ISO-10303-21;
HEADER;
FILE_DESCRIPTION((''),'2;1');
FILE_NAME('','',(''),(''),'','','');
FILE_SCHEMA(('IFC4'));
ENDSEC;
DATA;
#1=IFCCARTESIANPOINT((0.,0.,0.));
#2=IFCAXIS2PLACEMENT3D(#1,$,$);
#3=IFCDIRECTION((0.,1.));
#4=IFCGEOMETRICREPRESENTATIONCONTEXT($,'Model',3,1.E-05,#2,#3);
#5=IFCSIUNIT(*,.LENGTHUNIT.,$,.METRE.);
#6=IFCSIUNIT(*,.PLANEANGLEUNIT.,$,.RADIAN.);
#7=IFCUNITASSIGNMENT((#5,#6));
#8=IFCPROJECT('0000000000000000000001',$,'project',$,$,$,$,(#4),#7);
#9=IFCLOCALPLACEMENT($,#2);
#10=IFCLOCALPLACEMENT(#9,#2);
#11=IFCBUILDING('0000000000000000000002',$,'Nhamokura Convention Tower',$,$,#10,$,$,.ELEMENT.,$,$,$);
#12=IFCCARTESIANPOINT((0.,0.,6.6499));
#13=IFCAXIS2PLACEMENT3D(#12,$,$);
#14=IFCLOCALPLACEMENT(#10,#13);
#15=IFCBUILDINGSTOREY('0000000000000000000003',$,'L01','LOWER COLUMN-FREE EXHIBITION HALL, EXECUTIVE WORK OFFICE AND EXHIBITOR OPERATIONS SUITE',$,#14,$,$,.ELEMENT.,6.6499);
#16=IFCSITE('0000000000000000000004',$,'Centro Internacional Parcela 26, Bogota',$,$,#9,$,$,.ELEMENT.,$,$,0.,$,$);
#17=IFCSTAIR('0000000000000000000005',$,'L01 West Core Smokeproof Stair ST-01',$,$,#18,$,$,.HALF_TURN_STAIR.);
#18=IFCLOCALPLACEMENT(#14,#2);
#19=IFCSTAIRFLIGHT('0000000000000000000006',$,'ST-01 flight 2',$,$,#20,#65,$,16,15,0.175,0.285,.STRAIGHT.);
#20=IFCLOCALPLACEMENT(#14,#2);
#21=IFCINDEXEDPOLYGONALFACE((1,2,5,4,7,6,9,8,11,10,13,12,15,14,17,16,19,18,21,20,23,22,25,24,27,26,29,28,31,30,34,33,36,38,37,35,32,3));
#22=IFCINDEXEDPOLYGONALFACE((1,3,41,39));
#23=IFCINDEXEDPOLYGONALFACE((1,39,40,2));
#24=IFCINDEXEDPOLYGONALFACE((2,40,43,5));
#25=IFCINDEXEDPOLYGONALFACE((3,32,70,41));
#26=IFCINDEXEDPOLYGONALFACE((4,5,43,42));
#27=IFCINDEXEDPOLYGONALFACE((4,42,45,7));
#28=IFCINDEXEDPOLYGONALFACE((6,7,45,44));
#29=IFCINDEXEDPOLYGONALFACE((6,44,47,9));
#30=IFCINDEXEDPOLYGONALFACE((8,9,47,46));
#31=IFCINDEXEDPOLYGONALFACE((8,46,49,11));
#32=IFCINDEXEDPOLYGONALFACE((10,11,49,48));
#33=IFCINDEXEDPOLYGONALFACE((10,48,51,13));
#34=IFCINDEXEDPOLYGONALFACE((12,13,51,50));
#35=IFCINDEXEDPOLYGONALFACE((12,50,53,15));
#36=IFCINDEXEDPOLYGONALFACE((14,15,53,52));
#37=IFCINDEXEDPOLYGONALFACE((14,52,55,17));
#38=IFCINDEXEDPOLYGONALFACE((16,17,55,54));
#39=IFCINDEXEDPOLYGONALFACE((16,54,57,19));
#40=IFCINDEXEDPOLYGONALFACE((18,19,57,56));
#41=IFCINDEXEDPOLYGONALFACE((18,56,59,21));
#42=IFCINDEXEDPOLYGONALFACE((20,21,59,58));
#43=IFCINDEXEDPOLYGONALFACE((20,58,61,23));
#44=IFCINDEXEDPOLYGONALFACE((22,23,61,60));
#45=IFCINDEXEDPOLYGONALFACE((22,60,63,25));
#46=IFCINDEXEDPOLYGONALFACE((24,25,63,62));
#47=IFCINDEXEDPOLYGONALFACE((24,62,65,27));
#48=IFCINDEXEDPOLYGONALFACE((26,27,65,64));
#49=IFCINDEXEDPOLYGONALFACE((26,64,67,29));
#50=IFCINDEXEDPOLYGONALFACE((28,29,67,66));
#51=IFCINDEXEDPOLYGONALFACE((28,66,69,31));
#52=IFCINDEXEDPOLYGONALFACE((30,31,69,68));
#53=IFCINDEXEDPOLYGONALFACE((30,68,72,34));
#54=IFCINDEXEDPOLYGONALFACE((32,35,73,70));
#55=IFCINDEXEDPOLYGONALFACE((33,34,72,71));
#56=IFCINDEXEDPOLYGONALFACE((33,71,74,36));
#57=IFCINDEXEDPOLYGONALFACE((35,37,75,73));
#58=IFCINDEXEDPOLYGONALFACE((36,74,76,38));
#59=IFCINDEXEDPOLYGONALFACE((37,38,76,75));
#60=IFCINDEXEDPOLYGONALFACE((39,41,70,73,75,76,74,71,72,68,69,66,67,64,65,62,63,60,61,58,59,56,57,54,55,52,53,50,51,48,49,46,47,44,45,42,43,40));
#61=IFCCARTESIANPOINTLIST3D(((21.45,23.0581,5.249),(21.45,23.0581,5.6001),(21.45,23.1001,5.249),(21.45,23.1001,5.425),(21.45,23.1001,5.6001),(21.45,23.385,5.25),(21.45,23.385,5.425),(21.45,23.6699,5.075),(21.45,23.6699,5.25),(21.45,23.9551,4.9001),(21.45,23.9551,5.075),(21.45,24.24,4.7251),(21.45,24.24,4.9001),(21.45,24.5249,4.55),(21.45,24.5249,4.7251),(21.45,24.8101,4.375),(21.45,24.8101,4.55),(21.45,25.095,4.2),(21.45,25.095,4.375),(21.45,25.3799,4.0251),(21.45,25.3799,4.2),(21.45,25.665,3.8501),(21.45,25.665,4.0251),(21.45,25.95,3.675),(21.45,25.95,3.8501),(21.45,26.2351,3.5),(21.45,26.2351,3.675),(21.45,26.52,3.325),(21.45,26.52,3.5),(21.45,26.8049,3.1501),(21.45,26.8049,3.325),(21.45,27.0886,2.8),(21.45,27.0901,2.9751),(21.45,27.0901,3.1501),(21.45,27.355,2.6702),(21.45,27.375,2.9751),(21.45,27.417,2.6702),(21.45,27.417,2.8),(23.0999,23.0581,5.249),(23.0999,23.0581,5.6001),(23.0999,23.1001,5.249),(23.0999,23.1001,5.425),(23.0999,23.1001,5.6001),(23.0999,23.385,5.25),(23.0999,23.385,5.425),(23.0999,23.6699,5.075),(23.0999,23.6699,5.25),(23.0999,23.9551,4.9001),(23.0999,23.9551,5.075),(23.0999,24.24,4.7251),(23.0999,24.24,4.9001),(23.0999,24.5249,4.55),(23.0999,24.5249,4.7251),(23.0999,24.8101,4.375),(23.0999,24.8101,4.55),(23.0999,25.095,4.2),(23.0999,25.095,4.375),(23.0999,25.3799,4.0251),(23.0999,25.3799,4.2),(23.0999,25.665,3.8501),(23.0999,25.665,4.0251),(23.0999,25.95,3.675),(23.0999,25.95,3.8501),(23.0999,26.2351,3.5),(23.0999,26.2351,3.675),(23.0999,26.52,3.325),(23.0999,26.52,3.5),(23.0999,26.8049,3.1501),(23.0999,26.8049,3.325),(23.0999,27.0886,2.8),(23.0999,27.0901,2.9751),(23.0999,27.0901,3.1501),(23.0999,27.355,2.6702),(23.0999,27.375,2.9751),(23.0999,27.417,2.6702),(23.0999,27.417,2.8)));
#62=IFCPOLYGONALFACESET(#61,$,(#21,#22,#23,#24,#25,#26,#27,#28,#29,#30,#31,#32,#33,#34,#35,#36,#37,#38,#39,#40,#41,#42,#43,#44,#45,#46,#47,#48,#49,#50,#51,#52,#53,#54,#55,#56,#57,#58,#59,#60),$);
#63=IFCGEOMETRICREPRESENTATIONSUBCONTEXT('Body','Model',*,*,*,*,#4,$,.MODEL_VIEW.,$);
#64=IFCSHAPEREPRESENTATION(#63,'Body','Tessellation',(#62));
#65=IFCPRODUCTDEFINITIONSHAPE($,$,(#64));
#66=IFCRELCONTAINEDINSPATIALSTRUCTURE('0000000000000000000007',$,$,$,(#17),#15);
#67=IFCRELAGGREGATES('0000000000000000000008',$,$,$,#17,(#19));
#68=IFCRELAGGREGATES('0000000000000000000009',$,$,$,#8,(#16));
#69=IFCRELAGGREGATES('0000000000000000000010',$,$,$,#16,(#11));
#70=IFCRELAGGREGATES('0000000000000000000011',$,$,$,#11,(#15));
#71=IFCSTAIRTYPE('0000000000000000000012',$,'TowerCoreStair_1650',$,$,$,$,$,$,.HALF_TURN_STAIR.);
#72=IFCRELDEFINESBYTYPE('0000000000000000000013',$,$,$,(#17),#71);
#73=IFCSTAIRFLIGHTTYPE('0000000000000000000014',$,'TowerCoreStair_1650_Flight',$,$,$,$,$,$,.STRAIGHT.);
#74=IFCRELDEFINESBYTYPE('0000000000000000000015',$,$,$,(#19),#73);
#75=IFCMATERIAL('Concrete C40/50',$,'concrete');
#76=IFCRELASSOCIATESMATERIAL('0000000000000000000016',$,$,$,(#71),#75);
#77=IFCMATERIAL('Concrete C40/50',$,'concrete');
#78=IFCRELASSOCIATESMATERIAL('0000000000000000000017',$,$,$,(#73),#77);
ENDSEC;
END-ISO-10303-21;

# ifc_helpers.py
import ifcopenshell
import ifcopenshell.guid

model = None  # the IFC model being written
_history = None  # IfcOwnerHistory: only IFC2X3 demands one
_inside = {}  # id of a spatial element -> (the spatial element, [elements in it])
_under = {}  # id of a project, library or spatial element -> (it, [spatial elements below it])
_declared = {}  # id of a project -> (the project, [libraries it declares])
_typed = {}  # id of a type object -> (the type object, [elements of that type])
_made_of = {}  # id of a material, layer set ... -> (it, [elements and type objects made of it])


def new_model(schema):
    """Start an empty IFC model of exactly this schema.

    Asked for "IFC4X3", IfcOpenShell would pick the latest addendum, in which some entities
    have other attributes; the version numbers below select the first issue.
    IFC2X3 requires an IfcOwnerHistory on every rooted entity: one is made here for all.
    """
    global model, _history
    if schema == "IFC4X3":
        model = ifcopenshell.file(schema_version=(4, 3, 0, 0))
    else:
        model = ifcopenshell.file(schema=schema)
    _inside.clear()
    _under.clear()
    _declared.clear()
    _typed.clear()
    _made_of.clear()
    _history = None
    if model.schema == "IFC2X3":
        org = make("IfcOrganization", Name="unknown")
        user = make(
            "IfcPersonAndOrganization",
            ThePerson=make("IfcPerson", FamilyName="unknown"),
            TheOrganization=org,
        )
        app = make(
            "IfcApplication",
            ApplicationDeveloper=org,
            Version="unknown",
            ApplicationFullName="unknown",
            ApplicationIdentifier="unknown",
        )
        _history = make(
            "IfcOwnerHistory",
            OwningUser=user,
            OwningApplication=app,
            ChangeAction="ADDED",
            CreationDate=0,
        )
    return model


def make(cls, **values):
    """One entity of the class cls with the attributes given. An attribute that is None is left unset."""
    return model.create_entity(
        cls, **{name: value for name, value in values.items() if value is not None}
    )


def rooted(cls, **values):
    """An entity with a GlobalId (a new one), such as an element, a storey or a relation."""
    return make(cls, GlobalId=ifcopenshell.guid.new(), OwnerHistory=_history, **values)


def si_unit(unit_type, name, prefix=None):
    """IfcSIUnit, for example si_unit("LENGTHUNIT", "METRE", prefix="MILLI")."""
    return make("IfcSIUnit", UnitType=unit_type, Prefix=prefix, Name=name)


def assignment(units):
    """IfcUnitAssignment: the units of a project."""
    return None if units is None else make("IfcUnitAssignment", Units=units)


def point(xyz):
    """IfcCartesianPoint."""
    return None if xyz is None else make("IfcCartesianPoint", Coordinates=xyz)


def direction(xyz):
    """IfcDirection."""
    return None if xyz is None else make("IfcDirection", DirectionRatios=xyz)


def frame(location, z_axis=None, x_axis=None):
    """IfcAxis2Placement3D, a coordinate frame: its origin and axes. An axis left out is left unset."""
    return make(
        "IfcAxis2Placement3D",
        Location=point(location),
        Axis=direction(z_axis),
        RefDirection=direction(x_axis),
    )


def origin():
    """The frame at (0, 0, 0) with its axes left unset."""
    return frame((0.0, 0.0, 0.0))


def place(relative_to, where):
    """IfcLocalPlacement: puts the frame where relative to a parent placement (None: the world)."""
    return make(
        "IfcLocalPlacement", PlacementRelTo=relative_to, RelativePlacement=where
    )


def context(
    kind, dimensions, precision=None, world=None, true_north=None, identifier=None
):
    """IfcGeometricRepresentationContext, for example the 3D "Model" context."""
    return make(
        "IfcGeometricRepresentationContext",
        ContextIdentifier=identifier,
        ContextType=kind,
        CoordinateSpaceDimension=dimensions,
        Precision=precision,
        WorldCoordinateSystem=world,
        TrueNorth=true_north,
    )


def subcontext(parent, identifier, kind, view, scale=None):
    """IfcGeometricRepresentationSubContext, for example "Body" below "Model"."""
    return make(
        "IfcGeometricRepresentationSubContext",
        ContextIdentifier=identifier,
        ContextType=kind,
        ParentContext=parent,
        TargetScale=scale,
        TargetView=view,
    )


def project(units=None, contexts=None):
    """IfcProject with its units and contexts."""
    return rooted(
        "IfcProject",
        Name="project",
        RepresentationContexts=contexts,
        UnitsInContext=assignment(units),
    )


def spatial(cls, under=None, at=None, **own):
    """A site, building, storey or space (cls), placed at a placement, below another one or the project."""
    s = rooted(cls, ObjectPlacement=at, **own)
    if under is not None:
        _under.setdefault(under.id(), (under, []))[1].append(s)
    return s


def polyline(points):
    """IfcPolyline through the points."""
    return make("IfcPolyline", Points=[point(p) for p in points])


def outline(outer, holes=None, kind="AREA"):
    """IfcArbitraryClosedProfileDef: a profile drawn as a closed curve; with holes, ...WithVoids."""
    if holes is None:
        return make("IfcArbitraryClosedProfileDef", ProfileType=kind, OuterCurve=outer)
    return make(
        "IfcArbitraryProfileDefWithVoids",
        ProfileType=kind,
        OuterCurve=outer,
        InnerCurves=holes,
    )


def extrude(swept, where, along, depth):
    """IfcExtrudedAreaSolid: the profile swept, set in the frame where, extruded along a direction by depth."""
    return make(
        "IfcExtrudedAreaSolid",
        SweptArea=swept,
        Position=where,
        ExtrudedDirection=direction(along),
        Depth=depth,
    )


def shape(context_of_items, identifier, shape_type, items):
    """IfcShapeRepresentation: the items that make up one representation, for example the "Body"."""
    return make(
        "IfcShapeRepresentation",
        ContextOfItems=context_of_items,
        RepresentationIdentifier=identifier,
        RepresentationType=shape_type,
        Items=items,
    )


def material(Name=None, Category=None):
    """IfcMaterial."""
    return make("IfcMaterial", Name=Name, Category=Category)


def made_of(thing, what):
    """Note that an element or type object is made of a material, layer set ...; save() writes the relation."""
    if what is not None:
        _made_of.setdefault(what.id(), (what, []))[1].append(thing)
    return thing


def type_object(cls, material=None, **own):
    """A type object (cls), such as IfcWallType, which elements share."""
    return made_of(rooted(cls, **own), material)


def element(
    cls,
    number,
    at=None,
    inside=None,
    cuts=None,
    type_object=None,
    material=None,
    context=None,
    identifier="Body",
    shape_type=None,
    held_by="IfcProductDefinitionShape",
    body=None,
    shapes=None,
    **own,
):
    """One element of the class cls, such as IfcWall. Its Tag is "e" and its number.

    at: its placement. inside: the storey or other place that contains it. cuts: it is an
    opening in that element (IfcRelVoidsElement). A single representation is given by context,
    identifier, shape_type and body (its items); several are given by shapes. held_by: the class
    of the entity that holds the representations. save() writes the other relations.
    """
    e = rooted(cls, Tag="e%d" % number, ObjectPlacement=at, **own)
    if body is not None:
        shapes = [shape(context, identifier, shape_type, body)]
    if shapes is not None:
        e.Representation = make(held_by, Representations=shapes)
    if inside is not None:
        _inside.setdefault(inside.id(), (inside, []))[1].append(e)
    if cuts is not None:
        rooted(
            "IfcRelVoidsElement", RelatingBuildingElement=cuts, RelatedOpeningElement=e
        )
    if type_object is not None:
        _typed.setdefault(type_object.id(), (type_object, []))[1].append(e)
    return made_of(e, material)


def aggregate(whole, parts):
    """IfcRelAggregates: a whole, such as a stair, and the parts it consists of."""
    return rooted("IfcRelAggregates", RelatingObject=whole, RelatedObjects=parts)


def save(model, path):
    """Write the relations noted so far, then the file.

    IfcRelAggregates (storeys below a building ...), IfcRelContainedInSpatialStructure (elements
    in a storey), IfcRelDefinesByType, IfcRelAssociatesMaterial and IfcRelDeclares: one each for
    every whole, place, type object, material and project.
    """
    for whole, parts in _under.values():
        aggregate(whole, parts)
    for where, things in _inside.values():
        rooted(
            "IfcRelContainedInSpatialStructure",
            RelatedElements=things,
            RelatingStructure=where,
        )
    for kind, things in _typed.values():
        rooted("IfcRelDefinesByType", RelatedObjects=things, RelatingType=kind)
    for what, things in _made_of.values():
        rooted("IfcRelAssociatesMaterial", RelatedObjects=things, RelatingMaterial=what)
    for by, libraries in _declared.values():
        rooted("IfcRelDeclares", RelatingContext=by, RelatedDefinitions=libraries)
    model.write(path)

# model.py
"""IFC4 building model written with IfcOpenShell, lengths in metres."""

from ifc_helpers import new_model, si_unit, direction, frame, origin, place, context, subcontext, project, spatial, polyline, outline, extrude, material, type_object, element, aggregate, save


model = new_model("IFC4")

# Units and contexts
model_context = context("Model", 3, precision=1e-05, world=origin(), true_north=direction((0.0, 1.0)))
body_context = subcontext(model_context, "Body", "Model", "MODEL_VIEW")
ifc_project = project(units=[si_unit("LENGTHUNIT", "METRE"), si_unit("PLANEANGLEUNIT", "RADIAN")], contexts=[model_context])

# Site, building, storey
site_placement = place(None, origin())
site = spatial("IfcSite", under=ifc_project, at=site_placement, Name="Centro Internacional Parcela 26, Bogota", CompositionType="ELEMENT", RefElevation=0.0)
building_placement = place(site_placement, origin())
building = spatial("IfcBuilding", under=site, at=building_placement, Name="Nhamokura Convention Tower", CompositionType="ELEMENT")
storey_placement = place(building_placement, frame((0.0, 0.0, 6.6499)))
storey = spatial("IfcBuildingStorey", under=building, at=storey_placement, Name="L01", Description="LOWER COLUMN-FREE EXHIBITION HALL, EXECUTIVE WORK OFFICE AND EXHIBITOR OPERATIONS SUITE", CompositionType="ELEMENT", Elevation=6.6499)

# Stair, stair flight
ifc_material_1 = material(Name="Concrete C40/50", Category="concrete")
stair_type = type_object("IfcStairType", Name="TowerCoreStair_1650", PredefinedType="HALF_TURN_STAIR", material=ifc_material_1)
stair_placement = place(storey_placement, origin())
stair = element("IfcStair", 1, at=stair_placement, inside=storey, type_object=stair_type, Name="L01 West Core Smokeproof Stair ST-01", PredefinedType="HALF_TURN_STAIR")
ifc_material_2 = material(Name="Concrete C40/50", Category="concrete")
stair_flight_type = type_object("IfcStairFlightType", Name="TowerCoreStair_1650_Flight", PredefinedType="STRAIGHT", material=ifc_material_2)
stair_flight_1_placement = place(storey_placement, frame((22.2749, 27.375, 2.8), z_axis=(0.0, 0.0, 1.0), x_axis=(0.0, -1.0, 0.0)))
stair_flight_1 = element("IfcStairFlight", 2, at=stair_flight_1_placement, type_object=stair_flight_type, Name="ST-01 flight 2", NumberOfRisers=16, NumberOfTreads=15, PredefinedType="STRAIGHT", RiserHeight=0.175, TreadLength=0.285, context=body_context, shape_type="SweptSolid", body=[
    extrude(outline(polyline([(-0.042, 0.0), (0.0, 0.175), (0.2849, 0.175), (0.2849, 0.3501), (0.5701, 0.3501), (0.5701, 0.5249), (0.855, 0.5249), (0.855, 0.7), (1.1399, 0.7), (1.1399, 0.875), (1.425, 0.875), (1.425, 1.05), (1.71, 1.05), (1.71, 1.2251), (1.9951, 1.2251), (1.9951, 1.3999), (2.28, 1.3999), (2.28, 1.575), (2.5649, 1.575), (2.5649, 1.75), (2.8501, 1.75), (2.8501, 1.925), (3.135, 1.925), (3.135, 2.1001), (3.4199, 2.1001), (3.4199, 2.2749), (3.7051, 2.2749), (3.7051, 2.45), (3.99, 2.45), (3.99, 2.625), (4.2749, 2.625), (4.2749, 2.8), (4.3169, 2.8), (4.3169, 2.449), (4.2749, 2.449), (0.2864, 0.0), (0.02, -0.1299), (-0.042, -0.1299), (-0.042, 0.0)])), frame((0.0, 0.825, 0.0), z_axis=(0.0, -1.0, 0.0), x_axis=(1.0, 0.0, 0.0)), (0.0, 0.0, 1.0), 1.6499),
])
aggregate(stair, [stair_flight_1])

save(model, "model.ifc")
